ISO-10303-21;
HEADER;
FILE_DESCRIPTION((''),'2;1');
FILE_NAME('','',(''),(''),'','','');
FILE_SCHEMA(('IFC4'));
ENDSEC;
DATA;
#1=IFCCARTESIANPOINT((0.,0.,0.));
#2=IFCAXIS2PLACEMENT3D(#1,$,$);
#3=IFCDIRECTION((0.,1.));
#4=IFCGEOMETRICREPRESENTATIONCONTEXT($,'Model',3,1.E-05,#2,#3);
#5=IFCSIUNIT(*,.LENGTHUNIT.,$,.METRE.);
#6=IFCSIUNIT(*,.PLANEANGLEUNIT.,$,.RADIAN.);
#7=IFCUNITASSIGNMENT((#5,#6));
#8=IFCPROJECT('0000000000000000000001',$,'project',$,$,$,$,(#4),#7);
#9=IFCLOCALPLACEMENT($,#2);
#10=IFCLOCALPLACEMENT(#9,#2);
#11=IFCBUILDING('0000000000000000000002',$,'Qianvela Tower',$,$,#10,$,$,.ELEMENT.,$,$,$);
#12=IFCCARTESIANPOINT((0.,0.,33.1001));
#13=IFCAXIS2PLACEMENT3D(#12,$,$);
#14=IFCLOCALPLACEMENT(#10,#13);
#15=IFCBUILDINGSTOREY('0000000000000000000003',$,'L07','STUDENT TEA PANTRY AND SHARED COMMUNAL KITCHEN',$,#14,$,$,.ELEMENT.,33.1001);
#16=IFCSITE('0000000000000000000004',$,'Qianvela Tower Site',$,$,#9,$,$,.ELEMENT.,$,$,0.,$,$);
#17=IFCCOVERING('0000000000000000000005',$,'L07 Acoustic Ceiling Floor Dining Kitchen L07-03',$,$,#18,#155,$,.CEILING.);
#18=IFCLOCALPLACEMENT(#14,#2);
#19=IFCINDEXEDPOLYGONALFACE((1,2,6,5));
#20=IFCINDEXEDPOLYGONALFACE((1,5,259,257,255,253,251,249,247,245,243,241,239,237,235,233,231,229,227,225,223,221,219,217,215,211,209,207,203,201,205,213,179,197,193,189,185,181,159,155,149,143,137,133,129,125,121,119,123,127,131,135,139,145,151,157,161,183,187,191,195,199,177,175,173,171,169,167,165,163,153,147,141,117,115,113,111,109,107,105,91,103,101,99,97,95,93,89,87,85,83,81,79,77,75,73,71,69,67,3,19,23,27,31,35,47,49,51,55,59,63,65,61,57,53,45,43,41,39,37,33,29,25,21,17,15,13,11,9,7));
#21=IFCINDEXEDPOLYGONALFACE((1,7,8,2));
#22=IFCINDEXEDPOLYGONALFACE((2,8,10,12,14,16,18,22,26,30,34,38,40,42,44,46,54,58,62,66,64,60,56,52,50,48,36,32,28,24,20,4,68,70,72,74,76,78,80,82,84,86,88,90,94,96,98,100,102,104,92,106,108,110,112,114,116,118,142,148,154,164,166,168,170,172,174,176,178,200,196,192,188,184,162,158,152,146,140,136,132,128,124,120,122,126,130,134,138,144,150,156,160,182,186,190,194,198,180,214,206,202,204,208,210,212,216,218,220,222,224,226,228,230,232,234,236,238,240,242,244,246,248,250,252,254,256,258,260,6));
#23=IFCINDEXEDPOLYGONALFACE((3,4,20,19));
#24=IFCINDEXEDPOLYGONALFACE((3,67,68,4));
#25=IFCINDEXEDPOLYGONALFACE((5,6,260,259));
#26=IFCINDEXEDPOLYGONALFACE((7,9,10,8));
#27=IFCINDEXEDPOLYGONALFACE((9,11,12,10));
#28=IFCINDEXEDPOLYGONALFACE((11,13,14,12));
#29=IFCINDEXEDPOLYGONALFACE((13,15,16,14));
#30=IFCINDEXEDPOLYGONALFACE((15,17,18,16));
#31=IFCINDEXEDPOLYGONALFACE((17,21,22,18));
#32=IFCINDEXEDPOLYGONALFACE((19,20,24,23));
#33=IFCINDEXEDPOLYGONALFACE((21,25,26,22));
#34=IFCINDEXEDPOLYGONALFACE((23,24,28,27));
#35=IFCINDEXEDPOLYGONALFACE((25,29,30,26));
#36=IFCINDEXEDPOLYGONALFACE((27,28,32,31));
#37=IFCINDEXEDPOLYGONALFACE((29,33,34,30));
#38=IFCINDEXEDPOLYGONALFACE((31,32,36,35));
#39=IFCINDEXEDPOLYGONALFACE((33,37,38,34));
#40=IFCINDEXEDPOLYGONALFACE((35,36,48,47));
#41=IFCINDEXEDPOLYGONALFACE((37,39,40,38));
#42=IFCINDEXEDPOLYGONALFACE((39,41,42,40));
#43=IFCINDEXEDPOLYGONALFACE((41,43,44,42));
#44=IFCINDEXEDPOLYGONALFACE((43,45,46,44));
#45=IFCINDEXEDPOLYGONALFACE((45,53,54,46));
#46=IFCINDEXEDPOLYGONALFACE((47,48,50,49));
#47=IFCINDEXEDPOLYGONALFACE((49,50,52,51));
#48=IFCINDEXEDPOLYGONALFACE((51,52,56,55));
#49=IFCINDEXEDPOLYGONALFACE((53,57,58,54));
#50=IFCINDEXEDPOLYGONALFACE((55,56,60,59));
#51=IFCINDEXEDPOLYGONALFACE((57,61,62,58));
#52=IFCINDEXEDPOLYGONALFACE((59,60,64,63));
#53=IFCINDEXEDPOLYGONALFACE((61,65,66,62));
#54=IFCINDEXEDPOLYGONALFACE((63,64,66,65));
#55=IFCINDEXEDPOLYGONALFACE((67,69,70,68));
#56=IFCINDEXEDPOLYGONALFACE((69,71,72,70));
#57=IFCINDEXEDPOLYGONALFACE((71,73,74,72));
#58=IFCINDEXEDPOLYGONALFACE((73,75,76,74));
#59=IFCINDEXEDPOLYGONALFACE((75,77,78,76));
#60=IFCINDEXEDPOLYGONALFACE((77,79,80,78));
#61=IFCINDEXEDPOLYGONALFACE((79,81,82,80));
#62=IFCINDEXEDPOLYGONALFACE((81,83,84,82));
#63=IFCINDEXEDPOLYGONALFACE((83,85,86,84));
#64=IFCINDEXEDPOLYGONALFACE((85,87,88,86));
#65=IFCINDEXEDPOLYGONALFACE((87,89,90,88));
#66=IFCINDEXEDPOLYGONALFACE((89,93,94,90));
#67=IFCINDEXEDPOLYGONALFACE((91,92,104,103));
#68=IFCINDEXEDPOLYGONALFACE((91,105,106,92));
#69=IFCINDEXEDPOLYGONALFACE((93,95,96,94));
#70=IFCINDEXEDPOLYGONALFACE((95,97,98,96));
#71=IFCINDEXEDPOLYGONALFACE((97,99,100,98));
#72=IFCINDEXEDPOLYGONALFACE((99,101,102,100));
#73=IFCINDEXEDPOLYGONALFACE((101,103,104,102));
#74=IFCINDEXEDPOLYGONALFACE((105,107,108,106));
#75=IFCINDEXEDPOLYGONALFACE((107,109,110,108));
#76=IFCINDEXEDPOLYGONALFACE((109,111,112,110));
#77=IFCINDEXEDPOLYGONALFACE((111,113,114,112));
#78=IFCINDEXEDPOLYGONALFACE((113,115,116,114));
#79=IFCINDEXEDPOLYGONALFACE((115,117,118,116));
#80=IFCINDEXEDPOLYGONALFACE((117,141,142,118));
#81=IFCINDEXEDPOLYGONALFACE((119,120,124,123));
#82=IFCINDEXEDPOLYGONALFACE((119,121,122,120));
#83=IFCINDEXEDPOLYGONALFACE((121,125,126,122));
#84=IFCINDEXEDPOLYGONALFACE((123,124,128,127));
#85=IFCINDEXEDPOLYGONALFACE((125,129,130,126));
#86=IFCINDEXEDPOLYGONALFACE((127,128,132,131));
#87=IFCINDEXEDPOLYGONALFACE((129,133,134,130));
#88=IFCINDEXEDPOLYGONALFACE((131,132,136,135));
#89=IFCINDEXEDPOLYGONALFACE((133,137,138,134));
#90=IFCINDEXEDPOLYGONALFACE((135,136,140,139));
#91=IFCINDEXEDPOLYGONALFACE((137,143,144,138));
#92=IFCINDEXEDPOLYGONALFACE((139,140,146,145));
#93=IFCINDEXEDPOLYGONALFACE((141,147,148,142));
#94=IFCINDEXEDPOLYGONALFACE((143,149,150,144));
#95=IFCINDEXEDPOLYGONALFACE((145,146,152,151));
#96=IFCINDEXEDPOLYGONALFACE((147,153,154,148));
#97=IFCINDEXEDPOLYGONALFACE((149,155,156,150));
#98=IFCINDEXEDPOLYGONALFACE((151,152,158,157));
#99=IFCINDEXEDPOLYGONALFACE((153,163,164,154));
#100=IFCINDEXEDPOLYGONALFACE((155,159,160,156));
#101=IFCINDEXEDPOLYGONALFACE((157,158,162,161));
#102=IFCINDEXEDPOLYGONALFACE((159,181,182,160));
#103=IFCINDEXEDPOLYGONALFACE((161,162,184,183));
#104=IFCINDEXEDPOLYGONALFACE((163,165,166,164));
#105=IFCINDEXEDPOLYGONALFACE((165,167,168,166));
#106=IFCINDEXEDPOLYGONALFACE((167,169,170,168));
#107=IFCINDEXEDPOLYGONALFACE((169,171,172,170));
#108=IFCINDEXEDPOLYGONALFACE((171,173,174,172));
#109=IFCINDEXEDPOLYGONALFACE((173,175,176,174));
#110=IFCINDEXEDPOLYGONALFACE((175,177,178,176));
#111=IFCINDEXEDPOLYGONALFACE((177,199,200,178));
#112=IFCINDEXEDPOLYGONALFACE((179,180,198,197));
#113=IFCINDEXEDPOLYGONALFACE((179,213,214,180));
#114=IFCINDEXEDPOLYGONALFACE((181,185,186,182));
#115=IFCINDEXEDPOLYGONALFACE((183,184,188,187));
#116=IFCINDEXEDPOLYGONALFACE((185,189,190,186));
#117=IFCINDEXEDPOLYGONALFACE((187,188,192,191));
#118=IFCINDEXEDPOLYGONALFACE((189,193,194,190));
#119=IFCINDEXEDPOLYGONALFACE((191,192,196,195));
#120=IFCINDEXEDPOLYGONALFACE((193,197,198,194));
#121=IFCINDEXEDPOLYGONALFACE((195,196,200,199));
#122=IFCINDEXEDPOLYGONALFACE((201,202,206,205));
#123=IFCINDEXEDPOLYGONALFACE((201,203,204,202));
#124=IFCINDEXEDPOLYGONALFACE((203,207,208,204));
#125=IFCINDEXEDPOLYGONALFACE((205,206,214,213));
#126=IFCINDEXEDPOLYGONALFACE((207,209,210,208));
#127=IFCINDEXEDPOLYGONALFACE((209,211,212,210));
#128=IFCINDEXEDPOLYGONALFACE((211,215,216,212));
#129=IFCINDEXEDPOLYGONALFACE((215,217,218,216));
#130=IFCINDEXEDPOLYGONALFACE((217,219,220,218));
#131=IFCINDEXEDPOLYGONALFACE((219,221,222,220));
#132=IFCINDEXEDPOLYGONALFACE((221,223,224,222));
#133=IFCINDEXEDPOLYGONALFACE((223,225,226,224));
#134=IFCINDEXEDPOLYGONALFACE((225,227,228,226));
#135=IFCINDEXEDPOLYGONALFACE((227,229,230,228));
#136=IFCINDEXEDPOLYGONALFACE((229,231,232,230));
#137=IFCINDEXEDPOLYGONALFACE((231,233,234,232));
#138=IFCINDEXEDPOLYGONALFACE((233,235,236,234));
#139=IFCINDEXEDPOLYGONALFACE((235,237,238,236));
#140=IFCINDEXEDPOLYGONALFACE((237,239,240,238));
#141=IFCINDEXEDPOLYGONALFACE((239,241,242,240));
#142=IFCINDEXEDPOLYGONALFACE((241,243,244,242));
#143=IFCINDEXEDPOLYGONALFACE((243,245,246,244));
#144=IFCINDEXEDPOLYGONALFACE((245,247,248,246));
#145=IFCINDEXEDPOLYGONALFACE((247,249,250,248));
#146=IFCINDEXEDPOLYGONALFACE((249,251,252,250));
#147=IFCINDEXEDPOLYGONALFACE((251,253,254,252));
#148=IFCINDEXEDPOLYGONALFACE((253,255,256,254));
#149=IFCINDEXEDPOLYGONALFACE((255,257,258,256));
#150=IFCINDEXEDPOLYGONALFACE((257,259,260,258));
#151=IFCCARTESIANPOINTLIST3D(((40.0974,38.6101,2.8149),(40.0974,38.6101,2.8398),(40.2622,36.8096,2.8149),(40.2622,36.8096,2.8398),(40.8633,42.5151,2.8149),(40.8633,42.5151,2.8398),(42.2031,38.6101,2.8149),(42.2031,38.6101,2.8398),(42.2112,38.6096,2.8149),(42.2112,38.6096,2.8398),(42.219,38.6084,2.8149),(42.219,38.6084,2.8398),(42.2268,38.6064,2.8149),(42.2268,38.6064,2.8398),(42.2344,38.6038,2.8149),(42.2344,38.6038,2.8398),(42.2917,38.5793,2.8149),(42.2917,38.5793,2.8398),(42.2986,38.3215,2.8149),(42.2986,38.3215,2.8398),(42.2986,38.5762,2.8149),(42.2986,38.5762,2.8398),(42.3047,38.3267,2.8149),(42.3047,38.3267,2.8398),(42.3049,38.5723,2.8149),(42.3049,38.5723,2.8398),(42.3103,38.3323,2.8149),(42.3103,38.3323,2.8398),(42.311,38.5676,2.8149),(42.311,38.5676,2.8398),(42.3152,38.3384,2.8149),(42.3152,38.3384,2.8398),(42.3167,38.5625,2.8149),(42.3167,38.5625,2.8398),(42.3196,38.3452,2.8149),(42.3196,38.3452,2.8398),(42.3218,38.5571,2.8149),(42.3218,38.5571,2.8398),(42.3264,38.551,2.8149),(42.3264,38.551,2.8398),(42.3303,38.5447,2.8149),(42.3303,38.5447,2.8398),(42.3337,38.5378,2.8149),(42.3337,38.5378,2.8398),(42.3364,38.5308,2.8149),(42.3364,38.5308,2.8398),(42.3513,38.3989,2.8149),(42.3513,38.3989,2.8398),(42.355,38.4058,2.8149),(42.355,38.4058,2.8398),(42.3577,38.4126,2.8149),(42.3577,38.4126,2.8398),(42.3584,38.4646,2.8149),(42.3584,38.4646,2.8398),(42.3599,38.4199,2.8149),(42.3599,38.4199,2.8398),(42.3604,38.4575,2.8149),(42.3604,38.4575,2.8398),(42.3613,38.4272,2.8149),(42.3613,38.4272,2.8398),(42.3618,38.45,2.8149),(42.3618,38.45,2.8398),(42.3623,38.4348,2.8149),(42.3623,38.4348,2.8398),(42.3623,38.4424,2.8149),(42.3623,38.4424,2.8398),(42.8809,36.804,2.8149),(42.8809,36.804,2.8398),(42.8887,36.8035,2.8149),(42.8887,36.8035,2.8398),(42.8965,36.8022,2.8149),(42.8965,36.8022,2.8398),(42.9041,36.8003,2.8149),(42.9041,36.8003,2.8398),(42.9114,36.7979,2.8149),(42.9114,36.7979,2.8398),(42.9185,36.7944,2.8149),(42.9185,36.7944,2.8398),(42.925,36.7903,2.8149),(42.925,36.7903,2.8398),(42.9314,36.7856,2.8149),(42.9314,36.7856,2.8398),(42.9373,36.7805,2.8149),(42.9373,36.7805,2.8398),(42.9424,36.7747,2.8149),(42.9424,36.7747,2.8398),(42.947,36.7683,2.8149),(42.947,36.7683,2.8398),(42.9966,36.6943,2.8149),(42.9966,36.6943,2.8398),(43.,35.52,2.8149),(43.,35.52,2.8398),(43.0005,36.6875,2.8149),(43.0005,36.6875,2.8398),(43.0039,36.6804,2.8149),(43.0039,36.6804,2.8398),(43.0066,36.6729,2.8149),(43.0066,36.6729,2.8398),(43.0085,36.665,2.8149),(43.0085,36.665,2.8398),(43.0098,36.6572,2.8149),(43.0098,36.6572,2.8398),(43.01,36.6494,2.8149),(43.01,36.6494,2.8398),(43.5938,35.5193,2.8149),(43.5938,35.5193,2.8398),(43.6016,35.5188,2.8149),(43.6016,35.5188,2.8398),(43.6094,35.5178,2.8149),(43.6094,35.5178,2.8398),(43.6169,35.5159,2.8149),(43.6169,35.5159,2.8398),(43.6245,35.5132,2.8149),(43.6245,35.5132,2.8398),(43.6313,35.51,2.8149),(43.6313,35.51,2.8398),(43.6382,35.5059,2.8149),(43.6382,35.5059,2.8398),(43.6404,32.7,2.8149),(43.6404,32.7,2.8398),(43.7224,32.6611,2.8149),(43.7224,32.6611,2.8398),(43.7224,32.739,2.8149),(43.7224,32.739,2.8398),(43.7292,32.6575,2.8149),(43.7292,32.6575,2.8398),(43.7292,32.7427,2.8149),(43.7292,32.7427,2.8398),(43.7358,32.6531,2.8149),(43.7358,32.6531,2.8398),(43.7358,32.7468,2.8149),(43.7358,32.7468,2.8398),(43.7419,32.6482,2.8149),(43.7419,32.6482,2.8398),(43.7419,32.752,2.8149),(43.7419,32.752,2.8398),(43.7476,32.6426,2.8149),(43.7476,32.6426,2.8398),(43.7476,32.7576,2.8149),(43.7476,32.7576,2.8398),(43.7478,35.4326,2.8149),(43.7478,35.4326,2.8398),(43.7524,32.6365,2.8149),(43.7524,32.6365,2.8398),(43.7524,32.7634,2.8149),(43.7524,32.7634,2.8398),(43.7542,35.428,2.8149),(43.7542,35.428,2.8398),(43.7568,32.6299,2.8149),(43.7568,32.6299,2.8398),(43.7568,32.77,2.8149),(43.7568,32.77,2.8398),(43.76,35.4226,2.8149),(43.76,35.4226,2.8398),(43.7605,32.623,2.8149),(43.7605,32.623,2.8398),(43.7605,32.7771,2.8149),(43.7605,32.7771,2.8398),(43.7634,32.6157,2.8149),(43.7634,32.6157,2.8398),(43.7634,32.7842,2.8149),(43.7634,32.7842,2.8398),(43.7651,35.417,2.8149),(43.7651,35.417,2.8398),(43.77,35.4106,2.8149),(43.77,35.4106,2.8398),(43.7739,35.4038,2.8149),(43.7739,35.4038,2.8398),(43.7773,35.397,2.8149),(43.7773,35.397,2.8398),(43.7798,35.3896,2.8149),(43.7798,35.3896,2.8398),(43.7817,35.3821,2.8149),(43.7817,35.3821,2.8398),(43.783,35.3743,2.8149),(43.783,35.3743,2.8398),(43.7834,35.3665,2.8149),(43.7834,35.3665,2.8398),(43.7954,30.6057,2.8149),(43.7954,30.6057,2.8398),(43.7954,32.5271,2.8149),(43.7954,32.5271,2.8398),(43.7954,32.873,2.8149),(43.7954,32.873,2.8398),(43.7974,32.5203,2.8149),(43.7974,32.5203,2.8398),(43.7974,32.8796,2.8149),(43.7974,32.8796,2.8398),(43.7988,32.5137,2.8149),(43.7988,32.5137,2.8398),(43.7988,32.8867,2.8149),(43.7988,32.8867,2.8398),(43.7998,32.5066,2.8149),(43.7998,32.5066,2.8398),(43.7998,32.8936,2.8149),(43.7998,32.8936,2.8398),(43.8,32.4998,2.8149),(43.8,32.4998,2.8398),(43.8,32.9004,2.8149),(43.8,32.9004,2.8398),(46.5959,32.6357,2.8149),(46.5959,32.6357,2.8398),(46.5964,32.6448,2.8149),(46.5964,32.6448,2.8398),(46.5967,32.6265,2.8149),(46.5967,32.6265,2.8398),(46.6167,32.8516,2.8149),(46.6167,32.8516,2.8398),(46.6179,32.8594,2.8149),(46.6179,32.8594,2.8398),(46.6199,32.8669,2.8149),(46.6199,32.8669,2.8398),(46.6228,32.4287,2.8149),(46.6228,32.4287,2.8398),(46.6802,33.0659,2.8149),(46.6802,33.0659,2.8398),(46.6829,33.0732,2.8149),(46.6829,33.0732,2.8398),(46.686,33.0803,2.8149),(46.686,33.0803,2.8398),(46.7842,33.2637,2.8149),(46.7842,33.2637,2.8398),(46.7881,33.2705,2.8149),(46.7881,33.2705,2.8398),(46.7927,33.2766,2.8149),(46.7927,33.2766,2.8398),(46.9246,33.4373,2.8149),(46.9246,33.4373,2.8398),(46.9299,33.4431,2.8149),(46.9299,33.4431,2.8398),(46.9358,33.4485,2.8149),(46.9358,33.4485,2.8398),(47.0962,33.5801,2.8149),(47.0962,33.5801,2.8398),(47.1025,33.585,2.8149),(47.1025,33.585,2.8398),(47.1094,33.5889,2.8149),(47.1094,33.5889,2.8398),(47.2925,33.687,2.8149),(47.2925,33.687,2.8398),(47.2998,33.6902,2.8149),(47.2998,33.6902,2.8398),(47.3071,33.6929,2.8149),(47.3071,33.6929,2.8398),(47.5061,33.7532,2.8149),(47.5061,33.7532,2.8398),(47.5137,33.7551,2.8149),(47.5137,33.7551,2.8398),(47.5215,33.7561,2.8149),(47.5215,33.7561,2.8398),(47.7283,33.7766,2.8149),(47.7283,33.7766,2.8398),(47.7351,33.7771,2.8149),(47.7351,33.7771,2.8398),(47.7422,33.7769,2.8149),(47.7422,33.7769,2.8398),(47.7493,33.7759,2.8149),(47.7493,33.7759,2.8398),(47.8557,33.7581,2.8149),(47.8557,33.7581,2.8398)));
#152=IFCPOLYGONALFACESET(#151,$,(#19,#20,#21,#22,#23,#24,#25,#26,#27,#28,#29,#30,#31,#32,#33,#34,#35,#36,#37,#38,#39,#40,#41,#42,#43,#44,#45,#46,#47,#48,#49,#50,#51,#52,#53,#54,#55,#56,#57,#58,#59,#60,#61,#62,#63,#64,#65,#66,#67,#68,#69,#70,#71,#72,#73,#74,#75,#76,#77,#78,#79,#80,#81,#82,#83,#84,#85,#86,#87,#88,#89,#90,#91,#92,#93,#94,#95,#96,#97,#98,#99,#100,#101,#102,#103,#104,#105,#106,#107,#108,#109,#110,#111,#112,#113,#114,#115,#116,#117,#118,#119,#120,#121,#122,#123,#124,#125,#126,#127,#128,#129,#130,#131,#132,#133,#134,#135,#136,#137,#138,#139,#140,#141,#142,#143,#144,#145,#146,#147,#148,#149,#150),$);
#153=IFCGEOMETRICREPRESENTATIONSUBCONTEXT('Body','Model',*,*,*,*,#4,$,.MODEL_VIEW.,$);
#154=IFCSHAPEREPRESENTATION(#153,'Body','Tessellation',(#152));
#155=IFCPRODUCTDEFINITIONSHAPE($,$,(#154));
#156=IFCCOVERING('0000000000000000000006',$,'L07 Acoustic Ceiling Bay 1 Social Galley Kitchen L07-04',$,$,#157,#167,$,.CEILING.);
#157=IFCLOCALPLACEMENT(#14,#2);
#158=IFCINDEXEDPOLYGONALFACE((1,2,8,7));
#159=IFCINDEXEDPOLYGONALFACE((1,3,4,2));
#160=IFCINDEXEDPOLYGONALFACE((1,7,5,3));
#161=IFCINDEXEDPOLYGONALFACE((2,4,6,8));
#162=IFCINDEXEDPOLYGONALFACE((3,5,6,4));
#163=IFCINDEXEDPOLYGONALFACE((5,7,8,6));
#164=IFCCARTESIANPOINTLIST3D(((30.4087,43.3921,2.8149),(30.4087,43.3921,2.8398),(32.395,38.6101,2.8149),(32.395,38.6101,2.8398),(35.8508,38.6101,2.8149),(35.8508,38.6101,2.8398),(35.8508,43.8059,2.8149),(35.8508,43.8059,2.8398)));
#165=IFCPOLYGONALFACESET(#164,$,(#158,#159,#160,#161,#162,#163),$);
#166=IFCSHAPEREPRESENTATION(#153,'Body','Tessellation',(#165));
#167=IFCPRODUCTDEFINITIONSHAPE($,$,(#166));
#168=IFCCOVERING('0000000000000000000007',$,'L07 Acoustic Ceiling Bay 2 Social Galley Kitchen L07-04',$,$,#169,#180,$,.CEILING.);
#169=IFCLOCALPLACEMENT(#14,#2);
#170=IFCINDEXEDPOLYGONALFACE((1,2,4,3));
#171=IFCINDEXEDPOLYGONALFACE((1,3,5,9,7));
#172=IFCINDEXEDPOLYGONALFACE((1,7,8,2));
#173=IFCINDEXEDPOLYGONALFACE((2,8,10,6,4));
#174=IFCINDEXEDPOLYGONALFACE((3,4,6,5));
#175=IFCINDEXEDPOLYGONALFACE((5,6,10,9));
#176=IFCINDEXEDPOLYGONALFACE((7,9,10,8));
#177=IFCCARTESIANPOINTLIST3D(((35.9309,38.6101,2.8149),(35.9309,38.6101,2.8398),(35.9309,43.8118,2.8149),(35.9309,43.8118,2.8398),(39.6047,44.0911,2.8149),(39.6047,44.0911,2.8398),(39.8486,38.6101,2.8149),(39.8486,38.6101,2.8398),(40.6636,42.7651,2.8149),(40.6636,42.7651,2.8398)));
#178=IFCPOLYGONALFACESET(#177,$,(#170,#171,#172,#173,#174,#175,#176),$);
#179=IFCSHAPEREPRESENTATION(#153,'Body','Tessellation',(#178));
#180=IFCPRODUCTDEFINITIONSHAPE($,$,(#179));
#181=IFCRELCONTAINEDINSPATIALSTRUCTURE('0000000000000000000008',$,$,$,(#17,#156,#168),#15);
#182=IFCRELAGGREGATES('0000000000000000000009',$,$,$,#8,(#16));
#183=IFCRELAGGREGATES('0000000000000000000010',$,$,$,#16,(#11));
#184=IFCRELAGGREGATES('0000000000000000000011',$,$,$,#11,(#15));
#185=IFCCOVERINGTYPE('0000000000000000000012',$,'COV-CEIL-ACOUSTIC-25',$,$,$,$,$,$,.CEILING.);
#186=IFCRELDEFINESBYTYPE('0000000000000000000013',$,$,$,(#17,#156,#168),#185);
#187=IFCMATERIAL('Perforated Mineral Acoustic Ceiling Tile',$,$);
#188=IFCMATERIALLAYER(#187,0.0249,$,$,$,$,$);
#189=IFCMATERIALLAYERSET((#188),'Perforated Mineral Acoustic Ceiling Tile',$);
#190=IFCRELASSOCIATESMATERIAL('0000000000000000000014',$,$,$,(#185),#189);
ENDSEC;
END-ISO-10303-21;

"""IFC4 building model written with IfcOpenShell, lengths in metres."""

from ifc_helpers import new_model, si_unit, direction, frame, origin, place, context, subcontext, project, spatial, polyline, outline, extrude, material, layer, layer_set, type_object, element, save


model = new_model("IFC4")

# Units and contexts
model_context = context("Model", 3, precision=1e-05, world=origin(), true_north=direction((0.0, 1.0)))
body_context = subcontext(model_context, "Body", "Model", "MODEL_VIEW")
ifc_project = project(units=[si_unit("LENGTHUNIT", "METRE"), si_unit("PLANEANGLEUNIT", "RADIAN")], contexts=[model_context])

# Site, building, storey
site_placement = place(None, origin())
site = spatial("IfcSite", under=ifc_project, at=site_placement, Name="Qianvela Tower Site", CompositionType="ELEMENT", RefElevation=0.0)
building_placement = place(site_placement, origin())
building = spatial("IfcBuilding", under=site, at=building_placement, Name="Qianvela Tower", CompositionType="ELEMENT")
storey_placement = place(building_placement, frame((0.0, 0.0, 33.1001)))
storey = spatial("IfcBuildingStorey", under=building, at=storey_placement, Name="L07", Description="STUDENT TEA PANTRY AND SHARED COMMUNAL KITCHEN", CompositionType="ELEMENT", Elevation=33.1001)

# Coverings
ifc_material_1 = material(Name="Perforated Mineral Acoustic Ceiling Tile")
ifc_layer_1 = layer(ifc_material_1, 0.0249)
ifc_layer_set_1 = layer_set([ifc_layer_1], Name="Perforated Mineral Acoustic Ceiling Tile")
covering_type_1 = type_object("IfcCoveringType", Name="COV-CEIL-ACOUSTIC-25", PredefinedType="CEILING", material=ifc_layer_set_1)
covering_1_placement = place(storey_placement, frame((0.0, 0.0, 2.8149)))
element("IfcCovering", 1, at=covering_1_placement, inside=storey, type_object=covering_type_1, Name="L07 Acoustic Ceiling Floor Dining Kitchen L07-03", PredefinedType="CEILING", context=body_context, shape_type="SweptSolid", body=[
    extrude(outline(polyline([(43.6404, 32.7), (43.7224, 32.739), (43.7292, 32.7427), (43.7358, 32.7468), (43.7419, 32.752), (43.7476, 32.7576), (43.7524, 32.7634), (43.7568, 32.77), (43.7605, 32.7771), (43.7634, 32.7842), (43.7954, 32.873), (43.7974, 32.8796), (43.7988, 32.8867), (43.7998, 32.8936), (43.8, 32.9004), (43.7834, 35.3665), (43.783, 35.3743), (43.7817, 35.3821), (43.7798, 35.3896), (43.7773, 35.397), (43.7739, 35.4038), (43.77, 35.4106), (43.7651, 35.417), (43.76, 35.4226), (43.7542, 35.428), (43.7478, 35.4326), (43.6382, 35.5059), (43.6313, 35.51), (43.6245, 35.5132), (43.6169, 35.5159), (43.6094, 35.5178), (43.6016, 35.5188), (43.5938, 35.5193), (43.0, 35.52), (43.01, 36.6494), (43.0098, 36.6572), (43.0085, 36.665), (43.0066, 36.6729), (43.0039, 36.6804), (43.0005, 36.6875), (42.9966, 36.6943), (42.947, 36.7683), (42.9424, 36.7747), (42.9373, 36.7805), (42.9314, 36.7856), (42.925, 36.7903), (42.9185, 36.7944), (42.9114, 36.7979), (42.9041, 36.8003), (42.8965, 36.8022), (42.8887, 36.8035), (42.8809, 36.804), (40.2622, 36.8096), (42.2986, 38.3215), (42.3047, 38.3267), (42.3103, 38.3323), (42.3152, 38.3384), (42.3196, 38.3452), (42.3513, 38.3989), (42.355, 38.4058), (42.3577, 38.4126), (42.3599, 38.4199), (42.3613, 38.4272), (42.3623, 38.4348), (42.3623, 38.4424), (42.3618, 38.45), (42.3604, 38.4575), (42.3584, 38.4646), (42.3364, 38.5308), (42.3337, 38.5378), (42.3303, 38.5447), (42.3264, 38.551), (42.3218, 38.5571), (42.3167, 38.5625), (42.311, 38.5676), (42.3049, 38.5723), (42.2986, 38.5762), (42.2917, 38.5793), (42.2344, 38.6038), (42.2268, 38.6064), (42.219, 38.6084), (42.2112, 38.6096), (42.2031, 38.6101), (40.0974, 38.6101), (40.8633, 42.5151), (47.8557, 33.7581), (47.7493, 33.7759), (47.7422, 33.7769), (47.7351, 33.7771), (47.7283, 33.7766), (47.5215, 33.7561), (47.5137, 33.7551), (47.5061, 33.7532), (47.3071, 33.6929), (47.2998, 33.6902), (47.2925, 33.687), (47.1094, 33.5889), (47.1025, 33.585), (47.0962, 33.5801), (46.9358, 33.4485), (46.9299, 33.4431), (46.9246, 33.4373), (46.7927, 33.2766), (46.7881, 33.2705), (46.7842, 33.2637), (46.686, 33.0803), (46.6829, 33.0732), (46.6802, 33.0659), (46.6199, 32.8669), (46.6179, 32.8594), (46.6167, 32.8516), (46.5964, 32.6448), (46.5959, 32.6357), (46.5967, 32.6265), (46.6228, 32.4287), (43.7954, 30.6057), (43.8, 32.4998), (43.7998, 32.5066), (43.7988, 32.5137), (43.7974, 32.5203), (43.7954, 32.5271), (43.7634, 32.6157), (43.7605, 32.623), (43.7568, 32.6299), (43.7524, 32.6365), (43.7476, 32.6426), (43.7419, 32.6482), (43.7358, 32.6531), (43.7292, 32.6575), (43.7224, 32.6611), (43.6404, 32.7)])), origin(), (0.0, 0.0, 1.0), 0.0249),
])
covering_2_placement = place(storey_placement, frame((0.0, 0.0, 2.8149)))
element("IfcCovering", 2, at=covering_2_placement, inside=storey, type_object=covering_type_1, Name="L07 Acoustic Ceiling Bay 1 Social Galley Kitchen L07-04", PredefinedType="CEILING", context=body_context, shape_type="SweptSolid", body=[
    extrude(outline(polyline([(35.8508, 43.8059), (35.8508, 38.6101), (32.395, 38.6101), (30.4087, 43.3921), (35.8508, 43.8059)])), origin(), (0.0, 0.0, 1.0), 0.0249),
])
covering_3_placement = place(storey_placement, frame((0.0, 0.0, 2.8149)))
element("IfcCovering", 3, at=covering_3_placement, inside=storey, type_object=covering_type_1, Name="L07 Acoustic Ceiling Bay 2 Social Galley Kitchen L07-04", PredefinedType="CEILING", context=body_context, shape_type="SweptSolid", body=[
    extrude(outline(polyline([(39.6047, 44.0911), (40.6636, 42.7651), (39.8486, 38.6101), (35.9309, 38.6101), (35.9309, 43.8118), (39.6047, 44.0911)])), origin(), (0.0, 0.0, 1.0), 0.0249),
])

save(model, "model.ifc")
